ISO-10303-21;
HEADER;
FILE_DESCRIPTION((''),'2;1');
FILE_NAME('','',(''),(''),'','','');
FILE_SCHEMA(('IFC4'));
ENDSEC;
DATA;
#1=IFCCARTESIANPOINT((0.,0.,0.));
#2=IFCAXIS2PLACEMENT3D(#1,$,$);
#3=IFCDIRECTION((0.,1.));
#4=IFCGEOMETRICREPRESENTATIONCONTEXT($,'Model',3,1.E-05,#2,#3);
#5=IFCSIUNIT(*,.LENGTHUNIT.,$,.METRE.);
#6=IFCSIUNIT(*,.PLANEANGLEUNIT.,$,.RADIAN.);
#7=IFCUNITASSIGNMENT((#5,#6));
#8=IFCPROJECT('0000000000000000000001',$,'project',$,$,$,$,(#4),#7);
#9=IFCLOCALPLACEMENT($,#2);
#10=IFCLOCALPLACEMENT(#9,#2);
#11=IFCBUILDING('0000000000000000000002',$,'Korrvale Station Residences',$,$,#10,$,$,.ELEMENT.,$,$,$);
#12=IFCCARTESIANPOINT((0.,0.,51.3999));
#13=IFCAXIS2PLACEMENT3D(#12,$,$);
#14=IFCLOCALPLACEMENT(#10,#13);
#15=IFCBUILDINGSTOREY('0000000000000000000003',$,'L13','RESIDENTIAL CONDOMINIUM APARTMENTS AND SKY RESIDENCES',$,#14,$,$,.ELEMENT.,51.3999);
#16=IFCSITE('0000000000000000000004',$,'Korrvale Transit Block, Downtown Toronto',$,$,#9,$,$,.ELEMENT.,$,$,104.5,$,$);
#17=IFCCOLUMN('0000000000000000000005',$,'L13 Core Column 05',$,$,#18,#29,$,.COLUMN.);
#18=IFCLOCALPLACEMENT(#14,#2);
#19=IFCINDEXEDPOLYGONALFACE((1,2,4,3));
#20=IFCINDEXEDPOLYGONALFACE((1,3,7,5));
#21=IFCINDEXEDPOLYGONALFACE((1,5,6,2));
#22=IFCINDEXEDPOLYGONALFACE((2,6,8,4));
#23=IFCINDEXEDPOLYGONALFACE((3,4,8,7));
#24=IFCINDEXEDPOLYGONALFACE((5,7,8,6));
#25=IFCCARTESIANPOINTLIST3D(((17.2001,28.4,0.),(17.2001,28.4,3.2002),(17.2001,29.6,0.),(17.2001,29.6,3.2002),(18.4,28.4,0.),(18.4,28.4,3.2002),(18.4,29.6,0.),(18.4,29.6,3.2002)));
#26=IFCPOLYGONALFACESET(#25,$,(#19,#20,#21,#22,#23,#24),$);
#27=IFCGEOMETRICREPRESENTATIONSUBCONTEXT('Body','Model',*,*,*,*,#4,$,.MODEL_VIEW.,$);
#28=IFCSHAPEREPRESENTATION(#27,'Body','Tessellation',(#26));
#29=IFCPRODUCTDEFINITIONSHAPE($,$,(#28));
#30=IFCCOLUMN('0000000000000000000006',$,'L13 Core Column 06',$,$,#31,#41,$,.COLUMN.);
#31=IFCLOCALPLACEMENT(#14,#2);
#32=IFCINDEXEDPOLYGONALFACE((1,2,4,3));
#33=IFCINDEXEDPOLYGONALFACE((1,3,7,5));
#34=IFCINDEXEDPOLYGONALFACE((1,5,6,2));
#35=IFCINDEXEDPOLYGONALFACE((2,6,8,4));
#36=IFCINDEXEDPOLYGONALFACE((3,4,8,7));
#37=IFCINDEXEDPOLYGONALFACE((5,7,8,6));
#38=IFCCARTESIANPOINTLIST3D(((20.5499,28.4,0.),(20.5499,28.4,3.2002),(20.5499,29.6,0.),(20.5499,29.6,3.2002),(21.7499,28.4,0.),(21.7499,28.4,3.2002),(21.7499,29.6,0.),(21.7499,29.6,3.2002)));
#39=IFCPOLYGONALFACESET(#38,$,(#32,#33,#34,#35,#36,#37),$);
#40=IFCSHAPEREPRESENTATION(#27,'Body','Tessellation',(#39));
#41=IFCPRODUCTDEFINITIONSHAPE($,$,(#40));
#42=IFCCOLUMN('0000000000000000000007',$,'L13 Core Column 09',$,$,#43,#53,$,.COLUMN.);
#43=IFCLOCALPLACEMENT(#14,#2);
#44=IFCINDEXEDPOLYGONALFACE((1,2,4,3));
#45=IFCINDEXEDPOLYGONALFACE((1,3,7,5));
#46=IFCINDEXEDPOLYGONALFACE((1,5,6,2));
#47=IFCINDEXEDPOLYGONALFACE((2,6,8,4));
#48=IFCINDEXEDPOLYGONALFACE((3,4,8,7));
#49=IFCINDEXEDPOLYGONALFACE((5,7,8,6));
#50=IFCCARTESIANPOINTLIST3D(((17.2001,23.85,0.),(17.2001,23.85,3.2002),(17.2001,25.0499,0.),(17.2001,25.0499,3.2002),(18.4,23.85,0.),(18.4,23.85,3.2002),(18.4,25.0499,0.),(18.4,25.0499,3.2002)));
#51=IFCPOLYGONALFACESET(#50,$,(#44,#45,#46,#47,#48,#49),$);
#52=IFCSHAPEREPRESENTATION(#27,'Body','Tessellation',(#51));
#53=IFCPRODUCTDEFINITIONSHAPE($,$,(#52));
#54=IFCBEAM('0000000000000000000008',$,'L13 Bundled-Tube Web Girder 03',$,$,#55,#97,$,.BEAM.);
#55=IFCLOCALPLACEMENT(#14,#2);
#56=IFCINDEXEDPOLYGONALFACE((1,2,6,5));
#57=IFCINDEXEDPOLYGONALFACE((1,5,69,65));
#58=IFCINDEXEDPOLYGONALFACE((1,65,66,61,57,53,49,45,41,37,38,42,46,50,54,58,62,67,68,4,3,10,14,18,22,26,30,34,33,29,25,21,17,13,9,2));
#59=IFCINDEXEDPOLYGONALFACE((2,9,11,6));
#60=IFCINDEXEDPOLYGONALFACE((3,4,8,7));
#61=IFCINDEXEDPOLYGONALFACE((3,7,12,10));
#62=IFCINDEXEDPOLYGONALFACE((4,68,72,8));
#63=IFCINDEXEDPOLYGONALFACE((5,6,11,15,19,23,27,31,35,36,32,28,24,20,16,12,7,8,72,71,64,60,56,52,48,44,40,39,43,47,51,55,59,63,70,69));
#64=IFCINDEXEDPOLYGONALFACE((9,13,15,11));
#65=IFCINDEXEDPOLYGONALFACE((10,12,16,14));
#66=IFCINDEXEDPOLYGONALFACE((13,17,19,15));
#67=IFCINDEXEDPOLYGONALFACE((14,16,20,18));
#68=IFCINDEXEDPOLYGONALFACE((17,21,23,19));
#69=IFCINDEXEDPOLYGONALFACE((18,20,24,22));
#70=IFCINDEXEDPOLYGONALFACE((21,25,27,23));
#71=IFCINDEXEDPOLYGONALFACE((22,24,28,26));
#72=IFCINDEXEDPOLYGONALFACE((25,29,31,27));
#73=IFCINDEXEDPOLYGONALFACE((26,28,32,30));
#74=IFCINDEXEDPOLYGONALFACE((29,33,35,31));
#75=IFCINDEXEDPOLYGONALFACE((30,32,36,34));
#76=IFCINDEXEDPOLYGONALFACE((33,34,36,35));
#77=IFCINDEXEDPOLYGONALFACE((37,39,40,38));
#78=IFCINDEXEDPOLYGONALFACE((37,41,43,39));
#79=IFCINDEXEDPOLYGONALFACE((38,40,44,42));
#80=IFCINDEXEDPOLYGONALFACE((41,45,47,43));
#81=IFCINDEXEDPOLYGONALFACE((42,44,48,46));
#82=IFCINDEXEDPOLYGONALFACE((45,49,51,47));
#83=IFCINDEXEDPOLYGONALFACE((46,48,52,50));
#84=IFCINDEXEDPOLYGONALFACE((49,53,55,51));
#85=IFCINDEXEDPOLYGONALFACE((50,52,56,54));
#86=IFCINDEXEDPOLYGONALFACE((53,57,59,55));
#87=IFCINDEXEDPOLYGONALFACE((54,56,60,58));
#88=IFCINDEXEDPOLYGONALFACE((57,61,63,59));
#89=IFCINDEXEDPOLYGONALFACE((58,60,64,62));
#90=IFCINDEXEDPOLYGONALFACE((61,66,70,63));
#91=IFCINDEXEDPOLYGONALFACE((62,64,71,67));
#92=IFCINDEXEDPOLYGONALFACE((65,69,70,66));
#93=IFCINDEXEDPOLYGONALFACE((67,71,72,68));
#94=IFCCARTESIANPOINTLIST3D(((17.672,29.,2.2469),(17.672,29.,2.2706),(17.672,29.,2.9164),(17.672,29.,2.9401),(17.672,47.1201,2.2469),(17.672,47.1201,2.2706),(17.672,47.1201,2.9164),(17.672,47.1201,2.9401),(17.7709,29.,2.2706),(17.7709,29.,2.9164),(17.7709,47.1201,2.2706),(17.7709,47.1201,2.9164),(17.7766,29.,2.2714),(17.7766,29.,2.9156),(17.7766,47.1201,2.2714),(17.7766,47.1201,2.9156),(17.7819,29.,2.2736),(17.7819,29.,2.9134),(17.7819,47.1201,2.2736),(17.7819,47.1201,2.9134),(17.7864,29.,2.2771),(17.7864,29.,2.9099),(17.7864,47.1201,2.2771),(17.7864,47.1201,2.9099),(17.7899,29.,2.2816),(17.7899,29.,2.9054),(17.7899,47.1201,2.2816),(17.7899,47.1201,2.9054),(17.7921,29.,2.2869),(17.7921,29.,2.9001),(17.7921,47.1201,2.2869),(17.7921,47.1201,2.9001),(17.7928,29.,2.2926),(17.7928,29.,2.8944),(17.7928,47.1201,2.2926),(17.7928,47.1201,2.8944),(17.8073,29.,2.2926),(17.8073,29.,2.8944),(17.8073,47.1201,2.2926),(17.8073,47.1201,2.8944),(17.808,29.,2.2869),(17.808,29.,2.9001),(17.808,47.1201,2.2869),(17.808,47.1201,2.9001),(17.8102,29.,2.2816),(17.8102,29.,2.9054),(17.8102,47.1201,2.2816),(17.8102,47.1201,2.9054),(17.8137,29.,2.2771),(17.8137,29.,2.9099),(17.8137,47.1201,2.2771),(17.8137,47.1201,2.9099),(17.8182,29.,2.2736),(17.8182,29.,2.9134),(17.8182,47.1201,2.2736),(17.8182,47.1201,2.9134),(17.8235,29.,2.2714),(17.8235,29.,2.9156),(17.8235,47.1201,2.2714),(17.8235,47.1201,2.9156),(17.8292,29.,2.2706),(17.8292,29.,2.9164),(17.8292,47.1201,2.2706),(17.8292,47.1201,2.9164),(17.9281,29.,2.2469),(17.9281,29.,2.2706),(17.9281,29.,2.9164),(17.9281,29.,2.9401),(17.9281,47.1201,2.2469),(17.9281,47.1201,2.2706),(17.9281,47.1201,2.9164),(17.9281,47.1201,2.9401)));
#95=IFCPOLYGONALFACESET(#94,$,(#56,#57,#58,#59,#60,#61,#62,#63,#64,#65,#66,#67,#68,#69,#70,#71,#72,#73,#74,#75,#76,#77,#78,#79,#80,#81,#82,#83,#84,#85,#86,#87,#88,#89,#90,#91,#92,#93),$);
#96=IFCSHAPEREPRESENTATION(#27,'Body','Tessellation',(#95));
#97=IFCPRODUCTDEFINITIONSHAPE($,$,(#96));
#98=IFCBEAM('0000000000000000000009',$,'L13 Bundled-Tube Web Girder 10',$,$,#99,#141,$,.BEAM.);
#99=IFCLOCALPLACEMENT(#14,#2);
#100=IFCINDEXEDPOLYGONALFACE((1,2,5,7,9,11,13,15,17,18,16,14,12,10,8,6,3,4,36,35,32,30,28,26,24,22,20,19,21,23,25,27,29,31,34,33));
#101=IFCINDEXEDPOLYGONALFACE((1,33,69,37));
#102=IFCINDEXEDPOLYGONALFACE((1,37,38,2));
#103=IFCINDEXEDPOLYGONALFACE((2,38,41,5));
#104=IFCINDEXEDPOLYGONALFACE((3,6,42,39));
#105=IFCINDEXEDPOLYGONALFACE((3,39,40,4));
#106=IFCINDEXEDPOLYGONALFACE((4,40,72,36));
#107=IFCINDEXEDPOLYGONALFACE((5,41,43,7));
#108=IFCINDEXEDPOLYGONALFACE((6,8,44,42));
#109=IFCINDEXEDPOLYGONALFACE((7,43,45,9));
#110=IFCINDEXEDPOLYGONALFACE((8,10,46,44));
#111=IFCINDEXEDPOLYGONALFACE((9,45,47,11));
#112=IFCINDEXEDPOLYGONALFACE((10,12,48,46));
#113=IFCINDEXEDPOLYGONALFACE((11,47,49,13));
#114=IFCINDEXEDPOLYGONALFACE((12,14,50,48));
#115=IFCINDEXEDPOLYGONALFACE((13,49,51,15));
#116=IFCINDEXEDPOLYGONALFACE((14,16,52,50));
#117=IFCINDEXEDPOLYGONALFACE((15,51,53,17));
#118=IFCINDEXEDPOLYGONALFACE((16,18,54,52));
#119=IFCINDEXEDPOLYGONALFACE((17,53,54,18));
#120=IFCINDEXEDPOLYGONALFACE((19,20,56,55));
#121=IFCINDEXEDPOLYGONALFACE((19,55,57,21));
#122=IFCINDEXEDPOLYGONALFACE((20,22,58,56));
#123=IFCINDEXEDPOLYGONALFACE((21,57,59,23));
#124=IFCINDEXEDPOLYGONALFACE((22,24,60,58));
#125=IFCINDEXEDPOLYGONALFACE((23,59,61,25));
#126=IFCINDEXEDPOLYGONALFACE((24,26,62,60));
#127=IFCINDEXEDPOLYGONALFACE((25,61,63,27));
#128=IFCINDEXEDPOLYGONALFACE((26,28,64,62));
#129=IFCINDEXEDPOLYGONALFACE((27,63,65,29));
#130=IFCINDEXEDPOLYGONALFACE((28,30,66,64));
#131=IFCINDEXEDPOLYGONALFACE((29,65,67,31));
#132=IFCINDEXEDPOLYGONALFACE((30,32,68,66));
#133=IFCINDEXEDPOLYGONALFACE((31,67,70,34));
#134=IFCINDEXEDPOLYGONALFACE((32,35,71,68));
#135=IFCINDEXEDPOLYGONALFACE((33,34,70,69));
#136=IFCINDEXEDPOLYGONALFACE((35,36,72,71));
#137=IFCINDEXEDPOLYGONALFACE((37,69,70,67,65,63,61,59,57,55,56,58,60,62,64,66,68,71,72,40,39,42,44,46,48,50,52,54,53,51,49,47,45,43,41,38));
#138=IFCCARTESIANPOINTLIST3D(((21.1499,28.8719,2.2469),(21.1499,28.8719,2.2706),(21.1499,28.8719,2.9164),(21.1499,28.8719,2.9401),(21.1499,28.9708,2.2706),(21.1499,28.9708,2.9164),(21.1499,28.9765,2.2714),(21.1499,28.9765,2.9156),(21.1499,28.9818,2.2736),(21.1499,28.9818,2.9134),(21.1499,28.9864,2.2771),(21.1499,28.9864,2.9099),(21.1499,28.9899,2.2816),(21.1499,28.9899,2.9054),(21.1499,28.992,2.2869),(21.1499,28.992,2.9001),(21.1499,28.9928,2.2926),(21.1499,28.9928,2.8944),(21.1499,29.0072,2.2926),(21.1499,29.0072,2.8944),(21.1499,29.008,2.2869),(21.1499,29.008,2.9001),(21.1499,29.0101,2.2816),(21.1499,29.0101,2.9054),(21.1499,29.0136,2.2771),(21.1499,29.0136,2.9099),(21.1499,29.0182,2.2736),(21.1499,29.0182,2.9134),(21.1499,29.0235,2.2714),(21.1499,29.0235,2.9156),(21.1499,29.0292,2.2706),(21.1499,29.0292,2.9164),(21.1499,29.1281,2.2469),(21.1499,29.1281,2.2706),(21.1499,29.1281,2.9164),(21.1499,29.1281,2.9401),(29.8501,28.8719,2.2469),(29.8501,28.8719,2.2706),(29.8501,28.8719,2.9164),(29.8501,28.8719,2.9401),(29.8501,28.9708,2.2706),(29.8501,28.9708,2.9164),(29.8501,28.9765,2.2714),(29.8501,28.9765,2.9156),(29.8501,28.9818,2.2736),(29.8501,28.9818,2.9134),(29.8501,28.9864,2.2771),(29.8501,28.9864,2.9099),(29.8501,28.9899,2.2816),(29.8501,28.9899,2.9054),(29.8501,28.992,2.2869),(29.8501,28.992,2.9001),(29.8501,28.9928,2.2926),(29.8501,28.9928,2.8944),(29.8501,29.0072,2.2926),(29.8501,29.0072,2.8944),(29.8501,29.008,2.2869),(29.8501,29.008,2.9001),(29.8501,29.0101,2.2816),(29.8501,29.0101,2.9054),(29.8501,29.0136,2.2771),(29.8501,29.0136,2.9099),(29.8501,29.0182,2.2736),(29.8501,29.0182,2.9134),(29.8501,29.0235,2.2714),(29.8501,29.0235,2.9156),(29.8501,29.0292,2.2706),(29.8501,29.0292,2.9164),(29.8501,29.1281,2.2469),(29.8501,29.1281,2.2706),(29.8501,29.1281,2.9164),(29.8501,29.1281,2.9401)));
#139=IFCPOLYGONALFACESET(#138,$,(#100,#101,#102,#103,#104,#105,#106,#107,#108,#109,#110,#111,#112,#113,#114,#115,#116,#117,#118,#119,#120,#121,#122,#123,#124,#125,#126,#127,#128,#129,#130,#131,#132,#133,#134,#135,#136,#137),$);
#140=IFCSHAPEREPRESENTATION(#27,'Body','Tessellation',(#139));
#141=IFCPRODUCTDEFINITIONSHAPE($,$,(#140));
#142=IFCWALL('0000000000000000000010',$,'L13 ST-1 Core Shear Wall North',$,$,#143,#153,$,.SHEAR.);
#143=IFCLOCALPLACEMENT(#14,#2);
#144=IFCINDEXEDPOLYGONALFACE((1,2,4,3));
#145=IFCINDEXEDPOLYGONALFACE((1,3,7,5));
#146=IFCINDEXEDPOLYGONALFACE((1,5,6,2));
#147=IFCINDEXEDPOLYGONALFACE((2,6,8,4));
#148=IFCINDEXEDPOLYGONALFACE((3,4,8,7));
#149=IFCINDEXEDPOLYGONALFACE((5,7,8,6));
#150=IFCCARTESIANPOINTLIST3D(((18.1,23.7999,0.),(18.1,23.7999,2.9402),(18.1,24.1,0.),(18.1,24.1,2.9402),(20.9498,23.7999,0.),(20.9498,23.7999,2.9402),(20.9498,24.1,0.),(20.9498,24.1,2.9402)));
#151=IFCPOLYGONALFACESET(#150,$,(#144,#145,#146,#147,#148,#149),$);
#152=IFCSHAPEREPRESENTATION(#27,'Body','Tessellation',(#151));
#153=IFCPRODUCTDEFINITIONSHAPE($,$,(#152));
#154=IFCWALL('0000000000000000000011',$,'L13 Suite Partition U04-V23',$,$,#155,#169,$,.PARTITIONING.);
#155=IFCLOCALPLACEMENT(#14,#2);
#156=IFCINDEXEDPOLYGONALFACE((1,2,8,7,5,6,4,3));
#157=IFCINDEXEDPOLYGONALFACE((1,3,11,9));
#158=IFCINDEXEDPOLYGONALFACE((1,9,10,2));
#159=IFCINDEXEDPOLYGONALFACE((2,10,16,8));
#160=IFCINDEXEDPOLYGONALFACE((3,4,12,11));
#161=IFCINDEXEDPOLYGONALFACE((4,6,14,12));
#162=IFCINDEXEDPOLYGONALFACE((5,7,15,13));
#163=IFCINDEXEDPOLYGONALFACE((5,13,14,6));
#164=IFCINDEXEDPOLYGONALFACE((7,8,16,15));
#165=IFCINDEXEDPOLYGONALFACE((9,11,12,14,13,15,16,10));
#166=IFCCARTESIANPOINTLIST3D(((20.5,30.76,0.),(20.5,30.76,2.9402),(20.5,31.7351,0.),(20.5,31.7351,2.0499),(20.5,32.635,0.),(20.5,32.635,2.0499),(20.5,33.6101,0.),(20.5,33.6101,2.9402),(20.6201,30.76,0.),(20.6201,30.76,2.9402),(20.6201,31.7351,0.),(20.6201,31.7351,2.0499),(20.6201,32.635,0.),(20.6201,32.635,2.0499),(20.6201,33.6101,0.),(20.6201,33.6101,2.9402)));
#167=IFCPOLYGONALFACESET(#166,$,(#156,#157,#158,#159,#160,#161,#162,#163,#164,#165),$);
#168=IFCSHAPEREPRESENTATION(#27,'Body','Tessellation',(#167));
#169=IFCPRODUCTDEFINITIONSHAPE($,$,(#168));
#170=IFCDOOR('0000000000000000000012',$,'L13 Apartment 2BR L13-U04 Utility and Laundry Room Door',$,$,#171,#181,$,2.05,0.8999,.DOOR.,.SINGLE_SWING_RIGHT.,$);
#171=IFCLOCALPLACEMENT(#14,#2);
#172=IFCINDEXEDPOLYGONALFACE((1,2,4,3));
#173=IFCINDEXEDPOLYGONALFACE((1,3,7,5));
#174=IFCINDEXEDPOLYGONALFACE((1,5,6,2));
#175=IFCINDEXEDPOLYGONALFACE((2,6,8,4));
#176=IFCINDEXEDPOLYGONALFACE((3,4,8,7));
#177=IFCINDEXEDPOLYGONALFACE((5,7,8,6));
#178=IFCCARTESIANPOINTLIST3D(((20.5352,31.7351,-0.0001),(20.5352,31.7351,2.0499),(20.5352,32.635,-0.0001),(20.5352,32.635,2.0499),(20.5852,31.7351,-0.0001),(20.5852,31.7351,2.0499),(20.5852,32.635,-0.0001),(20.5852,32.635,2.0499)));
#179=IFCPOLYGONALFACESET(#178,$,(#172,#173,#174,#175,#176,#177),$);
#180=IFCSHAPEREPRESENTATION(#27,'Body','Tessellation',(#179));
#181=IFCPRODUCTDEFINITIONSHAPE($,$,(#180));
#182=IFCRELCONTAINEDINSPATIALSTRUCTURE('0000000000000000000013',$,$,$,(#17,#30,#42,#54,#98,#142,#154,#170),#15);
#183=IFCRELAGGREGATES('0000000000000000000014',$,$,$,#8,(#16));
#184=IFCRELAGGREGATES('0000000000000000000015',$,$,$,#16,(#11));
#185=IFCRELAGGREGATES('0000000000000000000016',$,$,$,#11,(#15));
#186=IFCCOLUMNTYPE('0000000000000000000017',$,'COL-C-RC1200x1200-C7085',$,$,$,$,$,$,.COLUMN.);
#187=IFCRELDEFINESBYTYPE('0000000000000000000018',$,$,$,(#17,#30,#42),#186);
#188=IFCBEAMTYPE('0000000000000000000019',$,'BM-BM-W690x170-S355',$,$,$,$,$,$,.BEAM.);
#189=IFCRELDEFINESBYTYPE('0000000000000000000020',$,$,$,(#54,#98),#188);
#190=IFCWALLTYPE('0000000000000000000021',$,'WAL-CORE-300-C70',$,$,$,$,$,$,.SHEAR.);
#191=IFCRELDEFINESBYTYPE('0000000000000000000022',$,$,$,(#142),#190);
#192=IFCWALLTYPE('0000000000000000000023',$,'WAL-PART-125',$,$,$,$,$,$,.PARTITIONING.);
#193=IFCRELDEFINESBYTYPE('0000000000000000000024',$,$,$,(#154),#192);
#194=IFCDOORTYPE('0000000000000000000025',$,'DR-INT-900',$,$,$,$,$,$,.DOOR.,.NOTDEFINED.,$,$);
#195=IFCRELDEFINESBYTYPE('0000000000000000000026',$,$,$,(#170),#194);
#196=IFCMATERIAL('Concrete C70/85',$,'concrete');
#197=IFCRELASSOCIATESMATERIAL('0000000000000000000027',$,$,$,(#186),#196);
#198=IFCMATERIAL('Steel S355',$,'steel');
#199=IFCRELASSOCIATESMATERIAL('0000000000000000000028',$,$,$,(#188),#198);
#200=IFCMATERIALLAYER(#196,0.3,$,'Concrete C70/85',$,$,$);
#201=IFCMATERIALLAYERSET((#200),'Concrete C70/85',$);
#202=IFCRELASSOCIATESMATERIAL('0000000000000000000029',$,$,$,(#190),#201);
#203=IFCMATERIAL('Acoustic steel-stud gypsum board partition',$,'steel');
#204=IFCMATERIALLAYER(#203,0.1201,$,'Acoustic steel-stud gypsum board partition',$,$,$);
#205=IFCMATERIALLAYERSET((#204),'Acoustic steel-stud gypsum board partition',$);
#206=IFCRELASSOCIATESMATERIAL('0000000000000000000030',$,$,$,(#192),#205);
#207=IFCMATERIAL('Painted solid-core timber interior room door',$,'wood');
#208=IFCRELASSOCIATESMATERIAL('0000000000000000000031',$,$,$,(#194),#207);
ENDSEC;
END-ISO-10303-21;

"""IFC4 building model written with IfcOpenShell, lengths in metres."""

from ifc_helpers import new_model, si_unit, direction, frame, frame_2d, origin, origin_2d, place, context, subcontext, project, spatial, rectangle, i_section, extrude, material, layer, layer_set, material_profile, profile_set, type_object, element, fill, save


model = new_model("IFC4")

# Units and contexts
model_context = context("Model", 3, precision=1e-05, world=origin(), true_north=direction((0.0, 1.0)))
body_context = subcontext(model_context, "Body", "Model", "MODEL_VIEW")
ifc_project = project(units=[si_unit("LENGTHUNIT", "METRE"), si_unit("PLANEANGLEUNIT", "RADIAN")], contexts=[model_context])

# Site, building, storey
site_placement = place(None, origin())
site = spatial("IfcSite", under=ifc_project, at=site_placement, Name="Korrvale Transit Block, Downtown Toronto", CompositionType="ELEMENT", RefElevation=104.5)
building_placement = place(site_placement, origin())
building = spatial("IfcBuilding", under=site, at=building_placement, Name="Korrvale Station Residences", CompositionType="ELEMENT")
storey_placement = place(building_placement, frame((0.0, 0.0, 51.3999)))
storey = spatial("IfcBuildingStorey", under=building, at=storey_placement, Name="L13", Description="RESIDENTIAL CONDOMINIUM APARTMENTS AND SKY RESIDENCES", CompositionType="ELEMENT", Elevation=51.3999)

# Columns
ifc_material_1 = material(Name="Concrete C70/85", Category="concrete")
ifc_material_profile_1 = material_profile(ifc_material_1, rectangle(XDim=1.2, YDim=1.2, at=origin_2d()), Name="RC1200x1200")
ifc_profile_set_1 = profile_set([ifc_material_profile_1], Name="Concrete C70/85")
column_type = type_object("IfcColumnType", Name="COL-C-RC1200x1200-C7085", PredefinedType="COLUMN", material=ifc_profile_set_1)
for number, where, z_axis, x_axis, name in (
    (1, (17.8, 29.0, 0.0), (0.0, 0.0, 1.0), (1.0, 0.0, 0.0), "L13 Core Column 05"),
    (2, (21.1499, 29.0, 0.0), (0.0, 0.0, 1.0), (1.0, 0.0, 0.0), "L13 Core Column 06"),
    (3, (17.8, 24.45, 0.0), (0.0, 0.0, 1.0), (1.0, 0.0, 0.0), "L13 Core Column 09"),
):
    element("IfcColumn", number, at=place(storey_placement, frame(where, z_axis=z_axis, x_axis=x_axis)), inside=storey, type_object=column_type, Name=name, PredefinedType="COLUMN", context=body_context, shape_type="SweptSolid", body=[
        extrude(rectangle(XDim=1.2, YDim=1.2, at=origin_2d()), origin(), (0.0, 0.0, 1.0), 3.2002),
    ])

# Beams
ifc_material_2 = material(Name="Steel S355", Category="steel")
ifc_material_profile_2 = material_profile(ifc_material_2, i_section(OverallWidth=0.2561, OverallDepth=0.6931, WebThickness=0.0144, FlangeThickness=0.0237, FilletRadius=0.022, at=origin_2d()), Name="W690x170")
ifc_profile_set_2 = profile_set([ifc_material_profile_2], Name="Steel S355")
beam_type = type_object("IfcBeamType", Name="BM-BM-W690x170-S355", PredefinedType="BEAM", material=ifc_profile_set_2)
beam_1_placement = place(storey_placement, frame((17.8, 29.0, 2.5935), z_axis=(0.0, 1.0, 0.0), x_axis=(-1.0, 0.0, 0.0)))
element("IfcBeam", 4, at=beam_1_placement, inside=storey, type_object=beam_type, Name="L13 Bundled-Tube Web Girder 03", PredefinedType="BEAM", context=body_context, shape_type="SweptSolid", body=[
    extrude(i_section(OverallWidth=0.2561, OverallDepth=0.6931, WebThickness=0.0144, FlangeThickness=0.0237, FilletRadius=0.022, at=origin_2d()), origin(), (0.0, 0.0, 1.0), 18.1201),
])
beam_2_placement = place(storey_placement, frame((21.1499, 29.0, 2.5935), z_axis=(1.0, 0.0, 0.0), x_axis=(0.0, 1.0, 0.0)))
element("IfcBeam", 5, at=beam_2_placement, inside=storey, type_object=beam_type, Name="L13 Bundled-Tube Web Girder 10", PredefinedType="BEAM", context=body_context, shape_type="SweptSolid", body=[
    extrude(i_section(OverallWidth=0.2561, OverallDepth=0.6931, WebThickness=0.0144, FlangeThickness=0.0237, FilletRadius=0.022, at=origin_2d()), origin(), (0.0, 0.0, 1.0), 8.7002),
])

# Wall
ifc_layer_1 = layer(ifc_material_1, 0.3, Name="Concrete C70/85")
ifc_layer_set_1 = layer_set([ifc_layer_1], Name="Concrete C70/85")
wall_type_1 = type_object("IfcWallType", Name="WAL-CORE-300-C70", PredefinedType="SHEAR", material=ifc_layer_set_1)
wall_1_placement = place(storey_placement, frame((18.1001, 23.95, 0.0), z_axis=(0.0, 0.0, 1.0), x_axis=(1.0, 0.0, 0.0)))
element("IfcWall", 6, at=wall_1_placement, inside=storey, type_object=wall_type_1, Name="L13 ST-1 Core Shear Wall North", PredefinedType="SHEAR", context=body_context, shape_type="SweptSolid", body=[
    extrude(rectangle(XDim=2.8499, YDim=0.3, at=frame_2d((1.4248, 0.0))), origin(), (0.0, 0.0, 1.0), 2.9402),
])

# Wall, opening, door
ifc_material_3 = material(Name="Acoustic steel-stud gypsum board partition", Category="steel")
ifc_layer_2 = layer(ifc_material_3, 0.1201, Name="Acoustic steel-stud gypsum board partition")
ifc_layer_set_2 = layer_set([ifc_layer_2], Name="Acoustic steel-stud gypsum board partition")
wall_type_2 = type_object("IfcWallType", Name="WAL-PART-125", PredefinedType="PARTITIONING", material=ifc_layer_set_2)
wall_2_placement = place(storey_placement, frame((20.5601, 30.76, 0.0), z_axis=(0.0, 0.0, 1.0), x_axis=(0.0, 1.0, 0.0)))
wall_2 = element("IfcWall", 7, at=wall_2_placement, inside=storey, type_object=wall_type_2, Name="L13 Suite Partition U04-V23", PredefinedType="PARTITIONING", context=body_context, shape_type="SweptSolid", body=[
    extrude(rectangle(XDim=2.8501, YDim=0.1201, at=frame_2d((1.425, 0.0))), origin(), (0.0, 0.0, 1.0), 2.9402),
])
opening_1_placement = place(wall_2_placement, frame((0.9751, 0.0, 0.0)))
opening_1 = element("IfcOpeningElement", 8, at=opening_1_placement, cuts=wall_2, PredefinedType="OPENING", context=body_context, shape_type="SweptSolid", body=[
    extrude(rectangle(XDim=0.8999, YDim=2.05, at=frame_2d((0.45, 1.0249))), frame((0.0, 0.0701, 0.0), z_axis=(0.0, -1.0, 0.0), x_axis=(1.0, 0.0, 0.0)), (0.0, 0.0, 1.0), 0.1401),
])
ifc_material_4 = material(Name="Painted solid-core timber interior room door", Category="wood")
door_type_1 = type_object("IfcDoorType", Name="DR-INT-900", OperationType="NOTDEFINED", PredefinedType="DOOR", material=ifc_material_4)
door_1_placement = place(opening_1_placement, origin())
door_1 = element("IfcDoor", 9, at=door_1_placement, inside=storey, type_object=door_type_1, Name="L13 Apartment 2BR L13-U04 Utility and Laundry Room Door", OperationType="SINGLE_SWING_RIGHT", OverallHeight=2.05, OverallWidth=0.8999, PredefinedType="DOOR", context=body_context, shape_type="SweptSolid", body=[
    extrude(rectangle(XDim=0.8999, YDim=2.05, at=frame_2d((0.45, 1.0249))), frame((0.0, 0.0249, 0.0), z_axis=(0.0, -1.0, 0.0), x_axis=(1.0, 0.0, 0.0)), (0.0, 0.0, 1.0), 0.05),
])
fill(opening_1, door_1)

save(model, "model.ifc")
